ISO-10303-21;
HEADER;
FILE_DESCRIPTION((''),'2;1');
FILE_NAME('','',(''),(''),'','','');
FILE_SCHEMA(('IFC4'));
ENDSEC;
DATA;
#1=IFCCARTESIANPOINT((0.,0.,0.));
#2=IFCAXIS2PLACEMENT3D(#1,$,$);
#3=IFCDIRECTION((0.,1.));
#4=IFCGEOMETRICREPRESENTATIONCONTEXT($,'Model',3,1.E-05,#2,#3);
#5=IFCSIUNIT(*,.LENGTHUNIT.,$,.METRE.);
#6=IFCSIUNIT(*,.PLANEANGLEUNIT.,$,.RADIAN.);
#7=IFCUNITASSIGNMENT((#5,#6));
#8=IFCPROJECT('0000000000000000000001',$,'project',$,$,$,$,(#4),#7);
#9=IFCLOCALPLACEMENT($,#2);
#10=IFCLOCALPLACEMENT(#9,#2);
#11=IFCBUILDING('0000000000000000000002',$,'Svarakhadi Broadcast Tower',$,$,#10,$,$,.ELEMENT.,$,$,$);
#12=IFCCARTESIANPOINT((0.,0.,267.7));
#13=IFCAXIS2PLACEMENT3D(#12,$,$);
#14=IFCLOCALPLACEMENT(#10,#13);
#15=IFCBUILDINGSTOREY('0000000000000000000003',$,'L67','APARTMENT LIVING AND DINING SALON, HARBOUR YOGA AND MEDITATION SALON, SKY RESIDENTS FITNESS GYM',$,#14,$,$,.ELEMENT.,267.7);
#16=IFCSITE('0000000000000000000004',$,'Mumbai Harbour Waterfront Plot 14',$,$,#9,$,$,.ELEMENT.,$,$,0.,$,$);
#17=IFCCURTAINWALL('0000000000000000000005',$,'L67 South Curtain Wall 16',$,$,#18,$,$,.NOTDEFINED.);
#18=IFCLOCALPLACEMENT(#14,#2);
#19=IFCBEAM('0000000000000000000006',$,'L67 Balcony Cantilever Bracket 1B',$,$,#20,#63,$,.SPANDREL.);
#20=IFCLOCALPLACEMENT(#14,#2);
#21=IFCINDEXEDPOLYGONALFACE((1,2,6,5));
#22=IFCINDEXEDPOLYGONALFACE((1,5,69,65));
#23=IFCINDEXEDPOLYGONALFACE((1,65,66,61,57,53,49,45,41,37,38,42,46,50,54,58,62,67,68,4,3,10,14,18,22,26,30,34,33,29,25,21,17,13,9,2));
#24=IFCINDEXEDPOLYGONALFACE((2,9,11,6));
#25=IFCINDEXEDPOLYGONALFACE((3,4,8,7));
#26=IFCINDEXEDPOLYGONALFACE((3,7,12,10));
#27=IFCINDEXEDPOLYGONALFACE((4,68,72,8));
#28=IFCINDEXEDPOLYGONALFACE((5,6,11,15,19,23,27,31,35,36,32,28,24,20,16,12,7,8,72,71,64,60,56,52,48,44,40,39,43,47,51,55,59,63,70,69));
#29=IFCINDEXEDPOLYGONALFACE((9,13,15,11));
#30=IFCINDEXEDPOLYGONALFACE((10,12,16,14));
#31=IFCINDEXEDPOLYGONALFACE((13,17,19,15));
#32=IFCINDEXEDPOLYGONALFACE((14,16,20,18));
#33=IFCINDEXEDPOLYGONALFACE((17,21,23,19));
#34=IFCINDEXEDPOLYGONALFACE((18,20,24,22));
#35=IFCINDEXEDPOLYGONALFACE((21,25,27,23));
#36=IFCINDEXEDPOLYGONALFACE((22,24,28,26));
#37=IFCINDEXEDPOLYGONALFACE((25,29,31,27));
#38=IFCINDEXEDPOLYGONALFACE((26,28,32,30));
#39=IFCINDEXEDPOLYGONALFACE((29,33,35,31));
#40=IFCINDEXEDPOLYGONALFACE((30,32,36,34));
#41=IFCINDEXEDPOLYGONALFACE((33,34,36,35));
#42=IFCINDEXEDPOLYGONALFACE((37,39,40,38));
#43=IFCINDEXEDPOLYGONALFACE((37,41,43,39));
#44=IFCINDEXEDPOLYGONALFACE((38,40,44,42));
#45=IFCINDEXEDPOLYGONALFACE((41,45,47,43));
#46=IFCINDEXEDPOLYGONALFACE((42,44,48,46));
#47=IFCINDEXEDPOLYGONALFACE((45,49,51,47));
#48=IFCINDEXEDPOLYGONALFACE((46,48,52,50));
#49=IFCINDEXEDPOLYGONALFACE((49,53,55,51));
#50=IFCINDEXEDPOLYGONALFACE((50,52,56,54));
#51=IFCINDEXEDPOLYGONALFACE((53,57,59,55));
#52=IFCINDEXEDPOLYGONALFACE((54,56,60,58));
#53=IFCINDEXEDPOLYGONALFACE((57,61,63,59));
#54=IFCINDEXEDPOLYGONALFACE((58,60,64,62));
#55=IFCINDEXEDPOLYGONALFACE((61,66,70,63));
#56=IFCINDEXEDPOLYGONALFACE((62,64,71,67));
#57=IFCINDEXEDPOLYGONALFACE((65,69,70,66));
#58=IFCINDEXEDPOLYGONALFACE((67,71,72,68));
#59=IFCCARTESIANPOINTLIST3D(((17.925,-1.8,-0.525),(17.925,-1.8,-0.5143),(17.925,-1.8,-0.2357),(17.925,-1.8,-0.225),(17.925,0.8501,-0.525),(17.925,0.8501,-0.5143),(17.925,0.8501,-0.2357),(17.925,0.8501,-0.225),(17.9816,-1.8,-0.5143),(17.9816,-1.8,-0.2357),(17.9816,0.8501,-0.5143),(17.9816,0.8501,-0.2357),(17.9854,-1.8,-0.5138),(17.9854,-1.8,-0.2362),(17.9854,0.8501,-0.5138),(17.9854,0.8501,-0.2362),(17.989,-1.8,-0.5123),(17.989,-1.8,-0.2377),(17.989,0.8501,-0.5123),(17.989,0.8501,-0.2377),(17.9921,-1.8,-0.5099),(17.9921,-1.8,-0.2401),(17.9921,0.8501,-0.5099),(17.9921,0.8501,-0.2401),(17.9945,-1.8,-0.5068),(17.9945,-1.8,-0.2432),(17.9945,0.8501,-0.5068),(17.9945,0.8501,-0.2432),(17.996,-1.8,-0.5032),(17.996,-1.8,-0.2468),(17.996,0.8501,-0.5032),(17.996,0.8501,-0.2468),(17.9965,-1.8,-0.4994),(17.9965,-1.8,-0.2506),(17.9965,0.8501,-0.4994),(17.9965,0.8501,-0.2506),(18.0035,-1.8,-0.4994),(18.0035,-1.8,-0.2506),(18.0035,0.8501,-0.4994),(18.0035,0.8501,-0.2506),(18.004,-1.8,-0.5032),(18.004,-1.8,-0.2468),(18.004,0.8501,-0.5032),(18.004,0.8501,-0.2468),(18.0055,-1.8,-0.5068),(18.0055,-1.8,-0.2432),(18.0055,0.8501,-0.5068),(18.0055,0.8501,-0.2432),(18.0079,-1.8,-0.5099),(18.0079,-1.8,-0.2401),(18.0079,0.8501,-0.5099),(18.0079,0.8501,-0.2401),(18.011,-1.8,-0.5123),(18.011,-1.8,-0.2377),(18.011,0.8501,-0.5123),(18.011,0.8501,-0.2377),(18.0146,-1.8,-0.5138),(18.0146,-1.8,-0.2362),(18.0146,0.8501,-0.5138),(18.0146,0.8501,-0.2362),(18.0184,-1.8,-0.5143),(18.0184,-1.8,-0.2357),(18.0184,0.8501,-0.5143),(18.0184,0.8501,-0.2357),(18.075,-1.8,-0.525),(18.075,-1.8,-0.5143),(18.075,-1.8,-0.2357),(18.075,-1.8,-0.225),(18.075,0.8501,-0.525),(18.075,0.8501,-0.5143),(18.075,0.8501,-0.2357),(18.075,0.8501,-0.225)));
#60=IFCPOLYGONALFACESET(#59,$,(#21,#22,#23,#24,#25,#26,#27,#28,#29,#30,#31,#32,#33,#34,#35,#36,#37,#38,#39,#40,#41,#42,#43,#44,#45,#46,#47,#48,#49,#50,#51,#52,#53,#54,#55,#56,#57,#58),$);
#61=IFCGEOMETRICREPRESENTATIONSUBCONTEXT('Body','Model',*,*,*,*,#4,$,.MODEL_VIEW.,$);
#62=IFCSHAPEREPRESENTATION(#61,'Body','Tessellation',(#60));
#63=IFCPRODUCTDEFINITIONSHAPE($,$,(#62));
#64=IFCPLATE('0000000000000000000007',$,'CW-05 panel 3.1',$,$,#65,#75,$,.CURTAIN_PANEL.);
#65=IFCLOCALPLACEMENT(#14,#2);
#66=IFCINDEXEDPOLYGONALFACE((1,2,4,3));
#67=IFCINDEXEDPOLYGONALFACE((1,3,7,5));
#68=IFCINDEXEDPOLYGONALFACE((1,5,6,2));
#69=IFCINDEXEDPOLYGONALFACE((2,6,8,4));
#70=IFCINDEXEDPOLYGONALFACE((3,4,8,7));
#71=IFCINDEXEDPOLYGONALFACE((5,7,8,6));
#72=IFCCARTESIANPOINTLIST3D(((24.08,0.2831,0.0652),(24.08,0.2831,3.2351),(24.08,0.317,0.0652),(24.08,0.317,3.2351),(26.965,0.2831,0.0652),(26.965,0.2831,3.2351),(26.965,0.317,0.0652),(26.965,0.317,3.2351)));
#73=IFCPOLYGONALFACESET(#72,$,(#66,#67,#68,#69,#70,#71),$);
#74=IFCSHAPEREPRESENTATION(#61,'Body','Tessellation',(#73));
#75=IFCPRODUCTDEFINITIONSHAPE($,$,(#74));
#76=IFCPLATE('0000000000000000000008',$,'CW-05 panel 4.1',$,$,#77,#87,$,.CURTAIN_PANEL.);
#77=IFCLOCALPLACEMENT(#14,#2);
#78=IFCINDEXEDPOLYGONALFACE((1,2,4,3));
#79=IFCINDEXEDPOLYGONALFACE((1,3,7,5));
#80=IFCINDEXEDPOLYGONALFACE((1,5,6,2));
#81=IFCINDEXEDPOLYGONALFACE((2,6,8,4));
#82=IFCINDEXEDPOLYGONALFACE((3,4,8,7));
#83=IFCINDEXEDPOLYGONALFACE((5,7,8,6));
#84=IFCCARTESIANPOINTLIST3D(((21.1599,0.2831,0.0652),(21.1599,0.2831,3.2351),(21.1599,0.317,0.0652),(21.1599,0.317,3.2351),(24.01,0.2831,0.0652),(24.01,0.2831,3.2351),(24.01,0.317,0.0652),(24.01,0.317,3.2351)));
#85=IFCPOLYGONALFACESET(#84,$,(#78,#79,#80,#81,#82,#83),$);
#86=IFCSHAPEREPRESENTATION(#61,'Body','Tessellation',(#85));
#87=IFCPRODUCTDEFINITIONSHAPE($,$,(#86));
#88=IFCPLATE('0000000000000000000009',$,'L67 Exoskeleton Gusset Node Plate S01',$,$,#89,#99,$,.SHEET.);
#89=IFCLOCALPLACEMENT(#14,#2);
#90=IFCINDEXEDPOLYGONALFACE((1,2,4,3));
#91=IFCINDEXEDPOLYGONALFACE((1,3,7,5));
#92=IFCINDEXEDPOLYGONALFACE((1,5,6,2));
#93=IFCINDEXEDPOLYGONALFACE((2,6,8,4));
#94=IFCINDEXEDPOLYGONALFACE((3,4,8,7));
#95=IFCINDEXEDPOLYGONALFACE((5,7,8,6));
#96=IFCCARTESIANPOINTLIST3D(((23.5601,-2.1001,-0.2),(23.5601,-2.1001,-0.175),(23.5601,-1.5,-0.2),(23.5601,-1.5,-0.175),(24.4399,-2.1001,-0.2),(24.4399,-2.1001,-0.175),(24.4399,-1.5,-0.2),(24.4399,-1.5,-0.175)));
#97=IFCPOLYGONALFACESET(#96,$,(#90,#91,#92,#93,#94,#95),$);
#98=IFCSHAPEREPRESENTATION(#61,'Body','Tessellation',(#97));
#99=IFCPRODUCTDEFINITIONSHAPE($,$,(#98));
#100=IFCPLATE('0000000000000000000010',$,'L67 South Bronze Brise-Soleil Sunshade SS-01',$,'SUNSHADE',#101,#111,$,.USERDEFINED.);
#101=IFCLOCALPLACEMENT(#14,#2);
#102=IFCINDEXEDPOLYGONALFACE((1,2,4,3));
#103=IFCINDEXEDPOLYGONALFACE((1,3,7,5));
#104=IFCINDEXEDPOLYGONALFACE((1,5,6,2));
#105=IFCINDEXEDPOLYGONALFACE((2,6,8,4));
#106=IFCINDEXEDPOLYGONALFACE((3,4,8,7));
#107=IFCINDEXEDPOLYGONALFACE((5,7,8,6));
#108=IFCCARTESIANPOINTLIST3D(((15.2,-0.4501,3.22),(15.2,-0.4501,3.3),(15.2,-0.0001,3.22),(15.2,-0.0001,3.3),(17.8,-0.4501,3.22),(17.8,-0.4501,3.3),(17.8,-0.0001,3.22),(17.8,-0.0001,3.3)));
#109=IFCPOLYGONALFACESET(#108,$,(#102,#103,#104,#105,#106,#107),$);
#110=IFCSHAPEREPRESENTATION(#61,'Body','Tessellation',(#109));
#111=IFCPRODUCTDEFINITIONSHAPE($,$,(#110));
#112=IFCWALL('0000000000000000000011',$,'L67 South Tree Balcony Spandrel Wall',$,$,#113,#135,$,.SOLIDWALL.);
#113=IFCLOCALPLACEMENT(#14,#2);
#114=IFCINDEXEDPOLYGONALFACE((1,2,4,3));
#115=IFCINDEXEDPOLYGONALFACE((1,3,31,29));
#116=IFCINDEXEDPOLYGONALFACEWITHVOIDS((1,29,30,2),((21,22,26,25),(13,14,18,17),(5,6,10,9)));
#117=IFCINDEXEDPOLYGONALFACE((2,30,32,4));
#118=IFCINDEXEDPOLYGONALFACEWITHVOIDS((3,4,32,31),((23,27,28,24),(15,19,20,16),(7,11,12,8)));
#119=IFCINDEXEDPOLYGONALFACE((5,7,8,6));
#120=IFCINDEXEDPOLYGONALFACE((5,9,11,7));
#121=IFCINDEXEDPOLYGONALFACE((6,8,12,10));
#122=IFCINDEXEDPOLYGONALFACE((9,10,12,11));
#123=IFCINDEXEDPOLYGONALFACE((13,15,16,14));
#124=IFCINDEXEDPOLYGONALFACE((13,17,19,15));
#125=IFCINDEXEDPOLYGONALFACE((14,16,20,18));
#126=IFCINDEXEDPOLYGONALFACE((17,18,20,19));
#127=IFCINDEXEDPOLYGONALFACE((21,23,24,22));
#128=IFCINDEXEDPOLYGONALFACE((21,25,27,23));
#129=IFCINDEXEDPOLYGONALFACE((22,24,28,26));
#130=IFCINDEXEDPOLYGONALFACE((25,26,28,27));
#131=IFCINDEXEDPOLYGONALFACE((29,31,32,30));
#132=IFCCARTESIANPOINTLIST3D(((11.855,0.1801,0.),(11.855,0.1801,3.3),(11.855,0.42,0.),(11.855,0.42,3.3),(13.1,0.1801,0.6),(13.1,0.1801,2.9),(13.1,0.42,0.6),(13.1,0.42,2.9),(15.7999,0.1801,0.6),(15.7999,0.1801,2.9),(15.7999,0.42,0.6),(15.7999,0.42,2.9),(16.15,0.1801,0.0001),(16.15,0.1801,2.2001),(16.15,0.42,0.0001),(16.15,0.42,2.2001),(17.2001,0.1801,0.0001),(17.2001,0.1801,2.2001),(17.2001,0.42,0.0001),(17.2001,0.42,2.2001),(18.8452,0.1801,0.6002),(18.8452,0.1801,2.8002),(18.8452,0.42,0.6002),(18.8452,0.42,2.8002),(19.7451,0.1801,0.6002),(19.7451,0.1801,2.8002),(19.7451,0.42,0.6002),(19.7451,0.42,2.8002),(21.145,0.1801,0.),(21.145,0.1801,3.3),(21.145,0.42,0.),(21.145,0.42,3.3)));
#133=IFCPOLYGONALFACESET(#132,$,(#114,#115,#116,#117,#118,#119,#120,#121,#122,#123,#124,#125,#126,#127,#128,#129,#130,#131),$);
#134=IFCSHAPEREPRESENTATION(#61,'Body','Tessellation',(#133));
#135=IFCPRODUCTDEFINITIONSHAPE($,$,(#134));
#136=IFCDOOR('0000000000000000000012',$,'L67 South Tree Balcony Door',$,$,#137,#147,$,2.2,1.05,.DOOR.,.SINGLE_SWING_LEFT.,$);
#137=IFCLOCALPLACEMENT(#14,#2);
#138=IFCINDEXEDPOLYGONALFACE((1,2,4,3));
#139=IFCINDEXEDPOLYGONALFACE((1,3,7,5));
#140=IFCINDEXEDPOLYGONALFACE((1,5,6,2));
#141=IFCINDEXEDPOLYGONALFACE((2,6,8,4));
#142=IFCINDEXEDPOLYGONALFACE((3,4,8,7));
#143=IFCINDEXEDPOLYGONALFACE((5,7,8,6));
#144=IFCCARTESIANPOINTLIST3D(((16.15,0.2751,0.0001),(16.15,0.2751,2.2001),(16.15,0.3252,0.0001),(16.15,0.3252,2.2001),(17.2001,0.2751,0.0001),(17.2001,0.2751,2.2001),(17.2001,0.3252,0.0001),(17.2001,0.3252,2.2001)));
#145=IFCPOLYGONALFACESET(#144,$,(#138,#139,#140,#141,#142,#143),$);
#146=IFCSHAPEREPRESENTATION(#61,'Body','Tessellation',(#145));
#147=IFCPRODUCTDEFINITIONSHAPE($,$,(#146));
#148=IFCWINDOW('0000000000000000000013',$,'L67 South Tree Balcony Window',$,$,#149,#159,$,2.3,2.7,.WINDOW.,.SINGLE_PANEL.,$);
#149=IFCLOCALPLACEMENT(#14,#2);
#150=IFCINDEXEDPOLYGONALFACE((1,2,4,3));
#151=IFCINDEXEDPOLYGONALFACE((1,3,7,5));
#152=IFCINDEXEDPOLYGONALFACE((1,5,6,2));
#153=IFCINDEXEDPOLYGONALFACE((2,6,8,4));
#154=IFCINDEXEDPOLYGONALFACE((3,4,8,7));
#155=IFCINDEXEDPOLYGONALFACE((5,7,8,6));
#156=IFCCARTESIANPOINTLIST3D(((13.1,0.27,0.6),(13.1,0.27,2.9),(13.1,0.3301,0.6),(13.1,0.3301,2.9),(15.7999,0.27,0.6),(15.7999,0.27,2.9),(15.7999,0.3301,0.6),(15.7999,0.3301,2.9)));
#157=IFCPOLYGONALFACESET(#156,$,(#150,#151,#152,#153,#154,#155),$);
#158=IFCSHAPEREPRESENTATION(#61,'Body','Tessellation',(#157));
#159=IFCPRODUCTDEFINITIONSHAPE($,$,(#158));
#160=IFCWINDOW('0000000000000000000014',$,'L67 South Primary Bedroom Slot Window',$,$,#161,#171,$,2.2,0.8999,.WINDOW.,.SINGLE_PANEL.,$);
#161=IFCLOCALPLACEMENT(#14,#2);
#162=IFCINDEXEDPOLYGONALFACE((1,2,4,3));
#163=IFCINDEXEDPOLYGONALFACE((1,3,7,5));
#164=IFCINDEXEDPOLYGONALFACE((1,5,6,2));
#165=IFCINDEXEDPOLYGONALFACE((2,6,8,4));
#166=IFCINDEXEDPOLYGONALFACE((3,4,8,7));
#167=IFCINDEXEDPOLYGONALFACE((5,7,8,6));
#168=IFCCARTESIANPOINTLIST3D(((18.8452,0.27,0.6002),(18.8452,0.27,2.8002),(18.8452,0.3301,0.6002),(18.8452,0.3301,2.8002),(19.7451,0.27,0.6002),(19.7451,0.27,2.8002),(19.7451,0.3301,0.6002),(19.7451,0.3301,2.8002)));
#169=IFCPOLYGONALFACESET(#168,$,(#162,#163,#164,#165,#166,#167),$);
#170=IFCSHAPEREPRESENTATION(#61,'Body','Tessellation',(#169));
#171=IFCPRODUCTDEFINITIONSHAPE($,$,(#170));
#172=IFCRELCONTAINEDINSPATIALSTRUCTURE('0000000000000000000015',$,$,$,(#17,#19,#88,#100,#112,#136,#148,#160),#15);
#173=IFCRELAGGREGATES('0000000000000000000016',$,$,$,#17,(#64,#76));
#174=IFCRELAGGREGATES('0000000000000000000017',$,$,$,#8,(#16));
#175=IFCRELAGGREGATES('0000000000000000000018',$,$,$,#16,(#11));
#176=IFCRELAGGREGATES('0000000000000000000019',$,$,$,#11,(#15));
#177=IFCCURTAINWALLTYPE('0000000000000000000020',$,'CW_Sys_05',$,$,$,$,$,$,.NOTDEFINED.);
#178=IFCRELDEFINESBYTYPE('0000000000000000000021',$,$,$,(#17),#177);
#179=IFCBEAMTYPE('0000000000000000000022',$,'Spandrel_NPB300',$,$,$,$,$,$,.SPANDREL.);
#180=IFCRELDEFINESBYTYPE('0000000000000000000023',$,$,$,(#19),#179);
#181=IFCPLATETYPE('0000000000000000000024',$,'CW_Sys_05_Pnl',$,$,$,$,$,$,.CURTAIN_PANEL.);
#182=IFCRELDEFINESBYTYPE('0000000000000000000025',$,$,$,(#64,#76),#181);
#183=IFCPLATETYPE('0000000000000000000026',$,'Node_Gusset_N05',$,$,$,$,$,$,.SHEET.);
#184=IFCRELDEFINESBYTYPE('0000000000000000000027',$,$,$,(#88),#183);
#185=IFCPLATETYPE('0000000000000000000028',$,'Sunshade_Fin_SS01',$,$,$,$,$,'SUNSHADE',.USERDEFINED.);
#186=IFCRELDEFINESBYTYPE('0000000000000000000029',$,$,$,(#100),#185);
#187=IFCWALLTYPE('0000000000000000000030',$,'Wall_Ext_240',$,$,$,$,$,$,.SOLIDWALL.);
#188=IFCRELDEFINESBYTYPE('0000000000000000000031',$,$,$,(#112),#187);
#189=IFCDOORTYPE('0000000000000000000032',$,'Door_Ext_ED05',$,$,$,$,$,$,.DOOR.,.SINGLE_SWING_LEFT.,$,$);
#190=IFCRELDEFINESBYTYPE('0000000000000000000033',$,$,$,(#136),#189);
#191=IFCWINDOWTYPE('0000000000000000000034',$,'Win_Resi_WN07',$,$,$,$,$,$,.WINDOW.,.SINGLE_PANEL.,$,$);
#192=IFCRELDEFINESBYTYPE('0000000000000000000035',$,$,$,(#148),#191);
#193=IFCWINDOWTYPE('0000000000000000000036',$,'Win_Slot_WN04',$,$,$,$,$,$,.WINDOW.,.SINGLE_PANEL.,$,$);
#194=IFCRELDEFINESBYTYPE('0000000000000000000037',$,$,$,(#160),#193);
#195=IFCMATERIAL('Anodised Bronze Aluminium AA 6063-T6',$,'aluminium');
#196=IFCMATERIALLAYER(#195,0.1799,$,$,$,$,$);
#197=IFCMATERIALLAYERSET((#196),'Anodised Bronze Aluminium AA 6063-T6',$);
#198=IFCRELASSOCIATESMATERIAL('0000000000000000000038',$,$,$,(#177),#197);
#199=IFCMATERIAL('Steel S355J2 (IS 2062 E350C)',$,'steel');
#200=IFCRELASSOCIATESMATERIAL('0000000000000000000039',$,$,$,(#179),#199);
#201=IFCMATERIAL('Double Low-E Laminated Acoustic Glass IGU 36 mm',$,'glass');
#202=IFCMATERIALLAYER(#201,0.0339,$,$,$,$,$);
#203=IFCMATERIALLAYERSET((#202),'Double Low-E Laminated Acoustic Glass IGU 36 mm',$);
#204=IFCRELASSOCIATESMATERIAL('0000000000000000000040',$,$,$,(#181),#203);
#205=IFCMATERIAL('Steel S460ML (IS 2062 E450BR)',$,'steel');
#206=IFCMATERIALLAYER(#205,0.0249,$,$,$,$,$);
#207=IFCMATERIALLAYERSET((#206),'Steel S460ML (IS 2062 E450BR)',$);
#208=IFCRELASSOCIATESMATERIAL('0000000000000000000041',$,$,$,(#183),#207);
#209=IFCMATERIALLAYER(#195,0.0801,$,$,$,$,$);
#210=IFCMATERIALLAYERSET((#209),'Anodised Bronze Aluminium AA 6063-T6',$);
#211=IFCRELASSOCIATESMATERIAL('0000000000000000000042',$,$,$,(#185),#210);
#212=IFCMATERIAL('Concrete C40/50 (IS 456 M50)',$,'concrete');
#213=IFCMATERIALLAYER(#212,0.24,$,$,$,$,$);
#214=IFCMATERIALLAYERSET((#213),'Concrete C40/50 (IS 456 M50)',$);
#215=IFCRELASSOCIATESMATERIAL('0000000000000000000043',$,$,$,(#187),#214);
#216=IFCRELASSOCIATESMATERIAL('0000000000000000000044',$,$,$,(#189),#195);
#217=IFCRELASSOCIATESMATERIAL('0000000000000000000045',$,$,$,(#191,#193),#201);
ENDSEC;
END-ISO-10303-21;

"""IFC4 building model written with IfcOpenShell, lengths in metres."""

from ifc_helpers import new_model, si_unit, direction, frame, frame_2d, origin, origin_2d, place, context, subcontext, project, spatial, rectangle, i_section, extrude, material, layer, layer_set, material_profile, profile_set, type_object, element, fill, aggregate, save


model = new_model("IFC4")

# Units and contexts
model_context = context("Model", 3, precision=1e-05, world=origin(), true_north=direction((0.0, 1.0)))
body_context = subcontext(model_context, "Body", "Model", "MODEL_VIEW")
ifc_project = project(units=[si_unit("LENGTHUNIT", "METRE"), si_unit("PLANEANGLEUNIT", "RADIAN")], contexts=[model_context])

# Site, building, storey
site_placement = place(None, origin())
site = spatial("IfcSite", under=ifc_project, at=site_placement, Name="Mumbai Harbour Waterfront Plot 14", CompositionType="ELEMENT", RefElevation=0.0)
building_placement = place(site_placement, origin())
building = spatial("IfcBuilding", under=site, at=building_placement, Name="Svarakhadi Broadcast Tower", CompositionType="ELEMENT")
storey_placement = place(building_placement, frame((0.0, 0.0, 267.7)))
storey = spatial("IfcBuildingStorey", under=building, at=storey_placement, Name="L67", Description="APARTMENT LIVING AND DINING SALON, HARBOUR YOGA AND MEDITATION SALON, SKY RESIDENTS FITNESS GYM", CompositionType="ELEMENT", Elevation=267.7)

# Shared definitions
ifc_material_1 = material(Name="Steel S460ML (IS 2062 E450BR)", Category="steel")

# Curtain wall
ifc_material_2 = material(Name="Anodised Bronze Aluminium AA 6063-T6", Category="aluminium")
ifc_layer_1 = layer(ifc_material_2, 0.1799)
ifc_layer_set_1 = layer_set([ifc_layer_1], Name="Anodised Bronze Aluminium AA 6063-T6")
curtain_wall_type = type_object("IfcCurtainWallType", Name="CW_Sys_05", PredefinedType="NOTDEFINED", material=ifc_layer_set_1)
curtain_wall_placement = place(storey_placement, origin())
curtain_wall = element("IfcCurtainWall", 1, at=curtain_wall_placement, inside=storey, type_object=curtain_wall_type, Name="L67 South Curtain Wall 16", PredefinedType="NOTDEFINED")

# Beam
ifc_material_3 = material(Name="Steel S355J2 (IS 2062 E350C)", Category="steel")
ifc_material_profile_1 = material_profile(ifc_material_3, i_section(OverallWidth=0.1499, OverallDepth=0.3, WebThickness=0.0071, FlangeThickness=0.0107, FilletRadius=0.0149, at=origin_2d()), Name="NPB 300x150x37")
ifc_profile_set_1 = profile_set([ifc_material_profile_1], Name="Steel S355J2 (IS 2062 E350C)")
beam_type_1 = type_object("IfcBeamType", Name="Spandrel_NPB300", PredefinedType="SPANDREL", material=ifc_profile_set_1)
beam_placement = place(storey_placement, frame((18.0, 0.8501, -0.375), z_axis=(0.0, -1.0, 0.0), x_axis=(1.0, 0.0, 0.0)))
element("IfcBeam", 2, at=beam_placement, inside=storey, type_object=beam_type_1, Name="L67 Balcony Cantilever Bracket 1B", PredefinedType="SPANDREL", context=body_context, shape_type="SweptSolid", body=[
    extrude(i_section(OverallWidth=0.1499, OverallDepth=0.3, WebThickness=0.0071, FlangeThickness=0.0107, FilletRadius=0.0149, at=origin_2d()), origin(), (0.0, 0.0, 1.0), 2.6501),
])

# Plates
ifc_material_4 = material(Name="Double Low-E Laminated Acoustic Glass IGU 36 mm", Category="glass")
ifc_layer_2 = layer(ifc_material_4, 0.0339)
ifc_layer_set_2 = layer_set([ifc_layer_2], Name="Double Low-E Laminated Acoustic Glass IGU 36 mm")
plate_type_1 = type_object("IfcPlateType", Name="CW_Sys_05_Pnl", PredefinedType="CURTAIN_PANEL", material=ifc_layer_set_2)
plate_1_placement = place(storey_placement, frame((25.5225, 0.3, 0.0652), z_axis=(0.0, 0.0, 1.0), x_axis=(-1.0, 0.0, 0.0)))
plate_1 = element("IfcPlate", 3, at=plate_1_placement, type_object=plate_type_1, Name="CW-05 panel 3.1", PredefinedType="CURTAIN_PANEL", context=body_context, shape_type="SweptSolid", body=[
    extrude(rectangle(XDim=2.885, YDim=0.0339, at=origin_2d()), origin(), (0.0, 0.0, 1.0), 3.1699),
])
plate_2_placement = place(storey_placement, frame((22.585, 0.3, 0.0652), z_axis=(0.0, 0.0, 1.0), x_axis=(-1.0, 0.0, 0.0)))
plate_2 = element("IfcPlate", 4, at=plate_2_placement, type_object=plate_type_1, Name="CW-05 panel 4.1", PredefinedType="CURTAIN_PANEL", context=body_context, shape_type="SweptSolid", body=[
    extrude(rectangle(XDim=2.8501, YDim=0.0339, at=origin_2d()), origin(), (0.0, 0.0, 1.0), 3.1699),
])
aggregate(curtain_wall, [plate_1, plate_2])

# Plates
ifc_layer_3 = layer(ifc_material_1, 0.0249)
ifc_layer_set_3 = layer_set([ifc_layer_3], Name="Steel S460ML (IS 2062 E450BR)")
plate_type_2 = type_object("IfcPlateType", Name="Node_Gusset_N05", PredefinedType="SHEET", material=ifc_layer_set_3)
plate_3_placement = place(storey_placement, frame((24.0, -1.8, -0.2), z_axis=(0.0, 0.0, 1.0), x_axis=(1.0, 0.0, 0.0)))
element("IfcPlate", 5, at=plate_3_placement, inside=storey, type_object=plate_type_2, Name="L67 Exoskeleton Gusset Node Plate S01", PredefinedType="SHEET", context=body_context, shape_type="SweptSolid", body=[
    extrude(rectangle(XDim=0.8799, YDim=0.6001, at=origin_2d()), origin(), (0.0, 0.0, 1.0), 0.0249),
])
ifc_layer_4 = layer(ifc_material_2, 0.0801)
ifc_layer_set_4 = layer_set([ifc_layer_4], Name="Anodised Bronze Aluminium AA 6063-T6")
plate_type_3 = type_object("IfcPlateType", Name="Sunshade_Fin_SS01", ElementType="SUNSHADE", PredefinedType="USERDEFINED", material=ifc_layer_set_4)
plate_4_placement = place(storey_placement, frame((16.5, -0.2251, 3.22), z_axis=(0.0, 0.0, 1.0), x_axis=(1.0, 0.0, 0.0)))
element("IfcPlate", 6, at=plate_4_placement, inside=storey, type_object=plate_type_3, Name="L67 South Bronze Brise-Soleil Sunshade SS-01", ObjectType="SUNSHADE", PredefinedType="USERDEFINED", context=body_context, shape_type="SweptSolid", body=[
    extrude(rectangle(XDim=2.6001, YDim=0.45, at=origin_2d()), origin(), (0.0, 0.0, 1.0), 0.0801),
])

# Wall, openings, door, windows
ifc_material_5 = material(Name="Concrete C40/50 (IS 456 M50)", Category="concrete")
ifc_layer_5 = layer(ifc_material_5, 0.24)
ifc_layer_set_5 = layer_set([ifc_layer_5], Name="Concrete C40/50 (IS 456 M50)")
wall_type_1 = type_object("IfcWallType", Name="Wall_Ext_240", PredefinedType="SOLIDWALL", material=ifc_layer_set_5)
wall_1_placement = place(storey_placement, frame((21.145, 0.3, 0.0), z_axis=(0.0, 0.0, 1.0), x_axis=(-1.0, 0.0, 0.0)))
wall_1 = element("IfcWall", 7, at=wall_1_placement, inside=storey, type_object=wall_type_1, Name="L67 South Tree Balcony Spandrel Wall", PredefinedType="SOLIDWALL", context=body_context, shape_type="SweptSolid", body=[
    extrude(rectangle(XDim=9.29, YDim=0.24, at=frame_2d((4.645, 0.0))), origin(), (0.0, 0.0, 1.0), 3.3),
])
opening_1_placement = place(wall_1_placement, frame((3.9451, 0.0, 0.0)))
opening_1 = element("IfcOpeningElement", 8, at=opening_1_placement, cuts=wall_1, PredefinedType="OPENING", context=body_context, shape_type="SweptSolid", body=[
    extrude(rectangle(XDim=1.05, YDim=2.2, at=frame_2d((0.5249, 1.1001))), frame((0.0, 0.1299, 0.0), z_axis=(0.0, -1.0, 0.0), x_axis=(1.0, 0.0, 0.0)), (0.0, 0.0, 1.0), 0.26),
])
opening_2_placement = place(wall_1_placement, frame((5.345, 0.0, 0.6001)))
opening_2 = element("IfcOpeningElement", 9, at=opening_2_placement, cuts=wall_1, PredefinedType="OPENING", context=body_context, shape_type="SweptSolid", body=[
    extrude(rectangle(XDim=2.7, YDim=2.3, at=frame_2d((1.3501, 1.1499))), frame((0.0, 0.1299, 0.0), z_axis=(0.0, -1.0, 0.0), x_axis=(1.0, 0.0, 0.0)), (0.0, 0.0, 1.0), 0.26),
])
opening_3_placement = place(wall_1_placement, frame((1.3999, 0.0, 0.6001)))
opening_3 = element("IfcOpeningElement", 10, at=opening_3_placement, cuts=wall_1, PredefinedType="OPENING", context=body_context, shape_type="SweptSolid", body=[
    extrude(rectangle(XDim=0.8999, YDim=2.2, at=frame_2d((0.45, 1.1001))), frame((0.0, 0.1299, 0.0), z_axis=(0.0, -1.0, 0.0), x_axis=(1.0, 0.0, 0.0)), (0.0, 0.0, 1.0), 0.26),
])
door_type = type_object("IfcDoorType", Name="Door_Ext_ED05", OperationType="SINGLE_SWING_LEFT", PredefinedType="DOOR", material=ifc_material_2)
door_placement = place(opening_1_placement, origin())
door = element("IfcDoor", 11, at=door_placement, inside=storey, type_object=door_type, Name="L67 South Tree Balcony Door", OperationType="SINGLE_SWING_LEFT", OverallHeight=2.2, OverallWidth=1.05, PredefinedType="DOOR", context=body_context, shape_type="SweptSolid", body=[
    extrude(rectangle(XDim=1.05, YDim=2.2, at=frame_2d((0.5249, 1.1001))), frame((0.0, 0.0249, 0.0), z_axis=(0.0, -1.0, 0.0), x_axis=(1.0, 0.0, 0.0)), (0.0, 0.0, 1.0), 0.05),
])
fill(opening_1, door)
window_type_1 = type_object("IfcWindowType", Name="Win_Resi_WN07", PartitioningType="SINGLE_PANEL", PredefinedType="WINDOW", material=ifc_material_4)
window_1_placement = place(opening_2_placement, origin())
window_1 = element("IfcWindow", 12, at=window_1_placement, inside=storey, type_object=window_type_1, Name="L67 South Tree Balcony Window", OverallHeight=2.3, OverallWidth=2.7, PartitioningType="SINGLE_PANEL", PredefinedType="WINDOW", context=body_context, shape_type="SweptSolid", body=[
    extrude(rectangle(XDim=2.7, YDim=2.3, at=frame_2d((1.3501, 1.1499))), frame((0.0, 0.03, 0.0), z_axis=(0.0, -1.0, 0.0), x_axis=(1.0, 0.0, 0.0)), (0.0, 0.0, 1.0), 0.0601),
])
fill(opening_2, window_1)
window_type_2 = type_object("IfcWindowType", Name="Win_Slot_WN04", PartitioningType="SINGLE_PANEL", PredefinedType="WINDOW", material=ifc_material_4)
window_2_placement = place(opening_3_placement, origin())
window_2 = element("IfcWindow", 13, at=window_2_placement, inside=storey, type_object=window_type_2, Name="L67 South Primary Bedroom Slot Window", OverallHeight=2.2, OverallWidth=0.8999, PartitioningType="SINGLE_PANEL", PredefinedType="WINDOW", context=body_context, shape_type="SweptSolid", body=[
    extrude(rectangle(XDim=0.8999, YDim=2.2, at=frame_2d((0.45, 1.1001))), frame((0.0, 0.03, 0.0), z_axis=(0.0, -1.0, 0.0), x_axis=(1.0, 0.0, 0.0)), (0.0, 0.0, 1.0), 0.0601),
])
fill(opening_3, window_2)

save(model, "model.ifc")
